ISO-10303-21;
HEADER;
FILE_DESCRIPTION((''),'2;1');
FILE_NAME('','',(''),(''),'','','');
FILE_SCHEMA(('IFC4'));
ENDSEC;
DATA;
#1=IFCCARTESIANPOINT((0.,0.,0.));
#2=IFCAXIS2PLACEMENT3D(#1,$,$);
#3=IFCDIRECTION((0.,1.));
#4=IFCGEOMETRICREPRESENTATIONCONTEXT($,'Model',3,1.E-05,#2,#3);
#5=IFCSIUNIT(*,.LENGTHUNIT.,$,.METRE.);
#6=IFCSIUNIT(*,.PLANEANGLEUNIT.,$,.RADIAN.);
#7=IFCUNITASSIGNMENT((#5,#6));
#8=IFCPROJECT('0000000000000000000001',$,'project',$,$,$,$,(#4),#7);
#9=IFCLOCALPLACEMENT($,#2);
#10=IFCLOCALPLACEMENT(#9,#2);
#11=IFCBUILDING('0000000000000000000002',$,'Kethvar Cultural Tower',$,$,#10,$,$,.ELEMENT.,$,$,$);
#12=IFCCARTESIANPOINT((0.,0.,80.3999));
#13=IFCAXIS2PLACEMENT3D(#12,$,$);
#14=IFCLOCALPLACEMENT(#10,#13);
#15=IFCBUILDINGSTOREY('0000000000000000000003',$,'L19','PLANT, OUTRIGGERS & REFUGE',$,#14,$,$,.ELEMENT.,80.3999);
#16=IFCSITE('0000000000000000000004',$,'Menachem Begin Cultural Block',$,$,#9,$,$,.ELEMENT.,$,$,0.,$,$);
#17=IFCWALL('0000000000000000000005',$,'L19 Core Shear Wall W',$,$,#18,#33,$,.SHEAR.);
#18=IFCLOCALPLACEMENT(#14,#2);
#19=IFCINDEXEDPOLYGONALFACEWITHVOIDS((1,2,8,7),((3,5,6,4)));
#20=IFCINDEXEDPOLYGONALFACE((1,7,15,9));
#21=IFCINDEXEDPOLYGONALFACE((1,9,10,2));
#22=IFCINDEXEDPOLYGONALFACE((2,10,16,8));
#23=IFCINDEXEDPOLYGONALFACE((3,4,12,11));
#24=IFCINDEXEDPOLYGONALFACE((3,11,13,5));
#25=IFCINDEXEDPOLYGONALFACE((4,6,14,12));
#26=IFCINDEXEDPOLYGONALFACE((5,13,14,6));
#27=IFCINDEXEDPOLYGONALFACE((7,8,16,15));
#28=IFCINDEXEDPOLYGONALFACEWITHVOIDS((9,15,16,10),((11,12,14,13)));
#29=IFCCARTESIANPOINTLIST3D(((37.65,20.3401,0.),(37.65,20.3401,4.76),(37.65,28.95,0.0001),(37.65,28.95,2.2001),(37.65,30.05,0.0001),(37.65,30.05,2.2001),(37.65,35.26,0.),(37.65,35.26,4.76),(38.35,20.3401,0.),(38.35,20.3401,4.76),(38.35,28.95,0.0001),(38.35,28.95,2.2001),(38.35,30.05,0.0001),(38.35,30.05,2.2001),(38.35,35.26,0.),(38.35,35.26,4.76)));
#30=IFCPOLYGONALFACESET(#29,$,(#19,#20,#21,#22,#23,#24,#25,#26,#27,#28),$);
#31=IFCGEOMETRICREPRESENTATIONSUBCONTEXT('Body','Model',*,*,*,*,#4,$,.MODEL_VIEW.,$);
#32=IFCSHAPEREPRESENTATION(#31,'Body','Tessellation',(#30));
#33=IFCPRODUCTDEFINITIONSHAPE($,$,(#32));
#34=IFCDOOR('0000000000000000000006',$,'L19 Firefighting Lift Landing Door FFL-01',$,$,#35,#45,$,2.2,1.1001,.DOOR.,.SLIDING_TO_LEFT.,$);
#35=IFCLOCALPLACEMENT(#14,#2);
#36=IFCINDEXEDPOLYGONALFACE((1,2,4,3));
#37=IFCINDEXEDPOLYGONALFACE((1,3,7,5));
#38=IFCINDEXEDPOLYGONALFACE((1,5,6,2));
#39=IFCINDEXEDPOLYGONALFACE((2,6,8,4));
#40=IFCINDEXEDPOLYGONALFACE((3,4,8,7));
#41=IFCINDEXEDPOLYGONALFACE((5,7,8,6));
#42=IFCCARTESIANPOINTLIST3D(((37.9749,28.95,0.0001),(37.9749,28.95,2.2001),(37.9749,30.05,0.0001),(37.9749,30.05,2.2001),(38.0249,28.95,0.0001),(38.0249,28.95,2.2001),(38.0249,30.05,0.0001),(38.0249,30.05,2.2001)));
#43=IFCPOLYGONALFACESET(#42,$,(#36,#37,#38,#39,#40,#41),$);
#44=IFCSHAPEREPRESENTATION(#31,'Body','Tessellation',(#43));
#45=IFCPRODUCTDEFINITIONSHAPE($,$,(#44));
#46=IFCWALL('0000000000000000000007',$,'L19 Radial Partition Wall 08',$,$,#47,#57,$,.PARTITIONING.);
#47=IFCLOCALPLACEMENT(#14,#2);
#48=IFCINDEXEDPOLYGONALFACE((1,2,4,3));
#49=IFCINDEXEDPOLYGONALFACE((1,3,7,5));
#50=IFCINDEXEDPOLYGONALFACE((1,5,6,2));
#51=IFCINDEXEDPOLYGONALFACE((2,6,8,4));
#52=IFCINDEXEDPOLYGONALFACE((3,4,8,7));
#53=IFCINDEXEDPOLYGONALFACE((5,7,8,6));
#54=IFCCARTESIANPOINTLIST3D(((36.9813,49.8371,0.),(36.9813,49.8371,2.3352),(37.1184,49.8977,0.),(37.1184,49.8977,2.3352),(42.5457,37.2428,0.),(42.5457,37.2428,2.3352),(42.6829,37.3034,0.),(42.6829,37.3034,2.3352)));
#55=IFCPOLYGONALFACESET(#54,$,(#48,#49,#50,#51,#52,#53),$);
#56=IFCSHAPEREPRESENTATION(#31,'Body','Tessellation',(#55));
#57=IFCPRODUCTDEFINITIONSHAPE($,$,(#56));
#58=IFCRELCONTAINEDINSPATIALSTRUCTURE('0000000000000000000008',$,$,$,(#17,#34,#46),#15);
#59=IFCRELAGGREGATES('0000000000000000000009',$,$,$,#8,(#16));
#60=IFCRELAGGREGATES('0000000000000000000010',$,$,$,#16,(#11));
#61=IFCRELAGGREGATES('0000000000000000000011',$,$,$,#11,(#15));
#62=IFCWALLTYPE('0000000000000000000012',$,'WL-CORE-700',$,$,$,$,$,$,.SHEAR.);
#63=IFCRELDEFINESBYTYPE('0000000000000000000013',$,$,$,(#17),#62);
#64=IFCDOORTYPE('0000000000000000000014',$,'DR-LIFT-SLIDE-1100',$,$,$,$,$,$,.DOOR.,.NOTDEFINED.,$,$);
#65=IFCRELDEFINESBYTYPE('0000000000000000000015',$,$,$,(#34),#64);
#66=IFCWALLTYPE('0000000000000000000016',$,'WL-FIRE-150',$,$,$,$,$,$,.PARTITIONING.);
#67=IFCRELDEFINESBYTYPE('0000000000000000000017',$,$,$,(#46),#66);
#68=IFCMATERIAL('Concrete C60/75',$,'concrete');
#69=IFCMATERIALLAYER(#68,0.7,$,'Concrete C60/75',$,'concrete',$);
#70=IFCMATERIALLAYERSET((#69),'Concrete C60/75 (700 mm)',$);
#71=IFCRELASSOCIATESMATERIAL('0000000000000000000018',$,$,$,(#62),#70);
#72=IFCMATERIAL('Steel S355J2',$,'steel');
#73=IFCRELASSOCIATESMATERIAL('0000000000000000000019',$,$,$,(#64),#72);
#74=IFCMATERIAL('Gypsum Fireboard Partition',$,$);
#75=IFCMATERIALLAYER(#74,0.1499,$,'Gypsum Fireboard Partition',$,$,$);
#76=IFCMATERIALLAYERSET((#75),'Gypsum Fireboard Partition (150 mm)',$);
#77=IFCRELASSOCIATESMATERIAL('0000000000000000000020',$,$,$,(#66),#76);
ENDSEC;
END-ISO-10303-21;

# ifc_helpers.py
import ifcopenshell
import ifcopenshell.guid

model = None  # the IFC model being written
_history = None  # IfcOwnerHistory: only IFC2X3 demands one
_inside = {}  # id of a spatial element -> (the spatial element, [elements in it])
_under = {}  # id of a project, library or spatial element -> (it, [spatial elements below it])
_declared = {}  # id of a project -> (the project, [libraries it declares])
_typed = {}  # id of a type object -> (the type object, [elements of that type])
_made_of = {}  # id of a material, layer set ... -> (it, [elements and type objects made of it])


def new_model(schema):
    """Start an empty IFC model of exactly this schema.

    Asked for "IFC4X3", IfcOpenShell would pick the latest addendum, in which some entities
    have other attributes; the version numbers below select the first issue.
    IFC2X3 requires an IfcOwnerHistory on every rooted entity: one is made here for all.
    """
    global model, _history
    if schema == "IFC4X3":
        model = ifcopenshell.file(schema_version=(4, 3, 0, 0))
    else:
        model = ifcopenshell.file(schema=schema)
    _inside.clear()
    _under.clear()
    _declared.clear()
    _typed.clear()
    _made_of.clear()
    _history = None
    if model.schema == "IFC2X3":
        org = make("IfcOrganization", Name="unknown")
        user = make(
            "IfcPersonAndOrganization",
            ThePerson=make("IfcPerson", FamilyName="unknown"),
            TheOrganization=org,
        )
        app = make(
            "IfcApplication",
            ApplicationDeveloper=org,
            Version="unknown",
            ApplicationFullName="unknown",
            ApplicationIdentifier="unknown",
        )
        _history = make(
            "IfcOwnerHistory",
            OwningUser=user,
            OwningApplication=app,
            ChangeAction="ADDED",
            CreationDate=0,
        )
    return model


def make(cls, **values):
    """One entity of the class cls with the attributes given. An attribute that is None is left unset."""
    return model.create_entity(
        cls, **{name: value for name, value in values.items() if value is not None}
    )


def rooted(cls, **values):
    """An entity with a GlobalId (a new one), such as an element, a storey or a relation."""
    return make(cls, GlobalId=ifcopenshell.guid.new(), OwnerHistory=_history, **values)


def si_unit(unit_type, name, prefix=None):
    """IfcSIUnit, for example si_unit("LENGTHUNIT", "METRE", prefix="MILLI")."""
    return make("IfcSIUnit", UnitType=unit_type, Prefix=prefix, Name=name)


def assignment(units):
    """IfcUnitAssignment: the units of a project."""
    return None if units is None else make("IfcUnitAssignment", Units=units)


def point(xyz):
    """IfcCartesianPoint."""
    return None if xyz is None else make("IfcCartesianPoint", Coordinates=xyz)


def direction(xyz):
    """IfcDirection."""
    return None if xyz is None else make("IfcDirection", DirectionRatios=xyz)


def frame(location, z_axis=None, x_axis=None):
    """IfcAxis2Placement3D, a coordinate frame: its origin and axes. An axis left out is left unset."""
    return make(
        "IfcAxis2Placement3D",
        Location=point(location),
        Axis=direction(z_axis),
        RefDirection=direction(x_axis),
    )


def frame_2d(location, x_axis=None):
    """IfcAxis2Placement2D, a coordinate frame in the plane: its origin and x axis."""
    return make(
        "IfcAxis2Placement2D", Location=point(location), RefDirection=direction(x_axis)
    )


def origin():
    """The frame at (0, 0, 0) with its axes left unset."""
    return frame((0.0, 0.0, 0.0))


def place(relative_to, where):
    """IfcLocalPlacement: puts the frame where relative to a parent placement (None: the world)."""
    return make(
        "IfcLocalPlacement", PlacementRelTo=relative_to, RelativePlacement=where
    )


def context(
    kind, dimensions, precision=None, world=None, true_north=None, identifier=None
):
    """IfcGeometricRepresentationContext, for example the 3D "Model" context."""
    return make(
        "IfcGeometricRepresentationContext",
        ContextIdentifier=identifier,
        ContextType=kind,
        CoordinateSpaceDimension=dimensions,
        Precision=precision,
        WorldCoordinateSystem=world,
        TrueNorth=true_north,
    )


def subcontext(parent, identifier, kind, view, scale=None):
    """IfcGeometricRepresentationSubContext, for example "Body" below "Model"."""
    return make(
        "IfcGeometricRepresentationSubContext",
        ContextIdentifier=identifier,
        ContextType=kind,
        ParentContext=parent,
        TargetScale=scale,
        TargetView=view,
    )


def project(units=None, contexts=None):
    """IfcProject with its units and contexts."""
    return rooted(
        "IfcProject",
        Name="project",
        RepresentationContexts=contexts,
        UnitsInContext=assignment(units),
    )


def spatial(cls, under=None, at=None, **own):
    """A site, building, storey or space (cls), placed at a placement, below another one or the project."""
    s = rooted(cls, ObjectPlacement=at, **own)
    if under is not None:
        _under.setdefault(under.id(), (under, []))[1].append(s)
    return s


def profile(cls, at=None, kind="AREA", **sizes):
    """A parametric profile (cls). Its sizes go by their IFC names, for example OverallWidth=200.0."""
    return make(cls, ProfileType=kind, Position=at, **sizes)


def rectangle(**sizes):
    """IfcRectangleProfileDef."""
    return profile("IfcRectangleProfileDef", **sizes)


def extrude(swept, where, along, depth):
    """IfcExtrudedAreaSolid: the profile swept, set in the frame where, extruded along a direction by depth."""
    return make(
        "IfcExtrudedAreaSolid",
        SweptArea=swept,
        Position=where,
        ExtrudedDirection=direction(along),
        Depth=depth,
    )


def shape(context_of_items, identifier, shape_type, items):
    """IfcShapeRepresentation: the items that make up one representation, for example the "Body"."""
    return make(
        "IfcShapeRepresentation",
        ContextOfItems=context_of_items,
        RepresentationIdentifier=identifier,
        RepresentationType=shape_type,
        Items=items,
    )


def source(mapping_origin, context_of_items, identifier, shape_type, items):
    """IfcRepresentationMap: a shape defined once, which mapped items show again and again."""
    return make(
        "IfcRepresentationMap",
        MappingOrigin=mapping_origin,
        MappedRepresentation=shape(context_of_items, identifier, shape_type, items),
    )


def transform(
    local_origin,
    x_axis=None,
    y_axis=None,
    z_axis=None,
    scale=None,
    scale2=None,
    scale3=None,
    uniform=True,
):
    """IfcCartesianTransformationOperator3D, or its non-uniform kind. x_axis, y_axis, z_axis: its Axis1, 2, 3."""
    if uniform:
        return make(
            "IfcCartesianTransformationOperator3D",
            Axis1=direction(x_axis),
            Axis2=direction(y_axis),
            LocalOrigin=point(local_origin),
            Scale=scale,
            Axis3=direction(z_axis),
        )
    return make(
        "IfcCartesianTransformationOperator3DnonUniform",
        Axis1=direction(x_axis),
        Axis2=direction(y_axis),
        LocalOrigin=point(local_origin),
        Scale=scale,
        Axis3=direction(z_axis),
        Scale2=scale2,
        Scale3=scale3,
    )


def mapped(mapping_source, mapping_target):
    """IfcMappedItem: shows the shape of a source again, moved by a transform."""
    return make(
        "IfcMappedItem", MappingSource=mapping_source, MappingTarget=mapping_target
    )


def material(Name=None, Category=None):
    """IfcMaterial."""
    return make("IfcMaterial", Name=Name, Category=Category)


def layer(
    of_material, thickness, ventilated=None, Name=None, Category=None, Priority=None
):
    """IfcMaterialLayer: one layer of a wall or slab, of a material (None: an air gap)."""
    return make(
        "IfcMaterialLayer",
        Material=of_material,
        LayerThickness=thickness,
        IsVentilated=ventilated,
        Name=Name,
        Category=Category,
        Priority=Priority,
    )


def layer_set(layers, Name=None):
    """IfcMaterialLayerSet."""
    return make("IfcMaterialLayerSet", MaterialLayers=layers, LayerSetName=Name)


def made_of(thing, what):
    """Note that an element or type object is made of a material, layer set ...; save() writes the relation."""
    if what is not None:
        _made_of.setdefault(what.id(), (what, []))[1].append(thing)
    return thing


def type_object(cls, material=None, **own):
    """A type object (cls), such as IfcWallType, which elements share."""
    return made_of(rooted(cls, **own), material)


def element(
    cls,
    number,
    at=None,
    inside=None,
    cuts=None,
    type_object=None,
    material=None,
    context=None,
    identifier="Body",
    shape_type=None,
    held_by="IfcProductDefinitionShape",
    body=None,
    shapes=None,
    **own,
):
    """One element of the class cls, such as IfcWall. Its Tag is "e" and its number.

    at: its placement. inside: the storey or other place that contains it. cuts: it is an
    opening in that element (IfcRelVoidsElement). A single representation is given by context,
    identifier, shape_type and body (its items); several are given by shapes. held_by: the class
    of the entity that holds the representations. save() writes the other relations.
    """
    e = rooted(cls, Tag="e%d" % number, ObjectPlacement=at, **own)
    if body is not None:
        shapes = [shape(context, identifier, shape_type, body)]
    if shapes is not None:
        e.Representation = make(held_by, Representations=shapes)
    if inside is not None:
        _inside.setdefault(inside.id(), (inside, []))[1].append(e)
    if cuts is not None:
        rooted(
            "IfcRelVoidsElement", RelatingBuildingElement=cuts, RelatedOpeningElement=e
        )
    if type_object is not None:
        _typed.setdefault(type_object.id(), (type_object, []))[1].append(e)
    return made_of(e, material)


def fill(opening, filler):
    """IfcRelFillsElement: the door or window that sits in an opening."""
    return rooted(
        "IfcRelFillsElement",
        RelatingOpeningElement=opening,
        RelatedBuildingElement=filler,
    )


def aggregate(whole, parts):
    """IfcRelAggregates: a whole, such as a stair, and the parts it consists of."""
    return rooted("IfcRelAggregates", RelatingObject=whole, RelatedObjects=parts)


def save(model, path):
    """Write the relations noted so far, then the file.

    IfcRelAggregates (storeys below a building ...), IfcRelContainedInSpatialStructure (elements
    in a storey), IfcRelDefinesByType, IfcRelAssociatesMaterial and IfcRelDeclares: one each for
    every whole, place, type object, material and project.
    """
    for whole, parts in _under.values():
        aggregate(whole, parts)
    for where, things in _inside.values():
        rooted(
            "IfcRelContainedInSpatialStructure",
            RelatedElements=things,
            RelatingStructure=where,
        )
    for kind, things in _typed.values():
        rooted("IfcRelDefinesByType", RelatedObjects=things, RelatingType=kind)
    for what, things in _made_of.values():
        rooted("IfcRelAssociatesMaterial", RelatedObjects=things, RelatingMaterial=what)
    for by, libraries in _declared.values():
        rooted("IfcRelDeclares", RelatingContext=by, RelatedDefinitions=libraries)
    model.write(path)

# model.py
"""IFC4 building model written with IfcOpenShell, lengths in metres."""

from ifc_helpers import new_model, si_unit, direction, frame, frame_2d, origin, place, context, subcontext, project, spatial, rectangle, extrude, source, transform, mapped, material, layer, layer_set, type_object, element, fill, save


model = new_model("IFC4")

# Units and contexts
model_context = context("Model", 3, precision=1e-05, world=origin(), true_north=direction((0.0, 1.0)))
body_context = subcontext(model_context, "Body", "Model", "MODEL_VIEW")
ifc_project = project(units=[si_unit("LENGTHUNIT", "METRE"), si_unit("PLANEANGLEUNIT", "RADIAN")], contexts=[model_context])

# Site, building, storey
site_placement = place(None, origin())
site = spatial("IfcSite", under=ifc_project, at=site_placement, Name="Menachem Begin Cultural Block", CompositionType="ELEMENT", RefElevation=0.0)
building_placement = place(site_placement, origin())
building = spatial("IfcBuilding", under=site, at=building_placement, Name="Kethvar Cultural Tower", CompositionType="ELEMENT")
storey_placement = place(building_placement, frame((0.0, 0.0, 80.3999)))
storey = spatial("IfcBuildingStorey", under=building, at=storey_placement, Name="L19", Description="PLANT, OUTRIGGERS & REFUGE", CompositionType="ELEMENT", Elevation=80.3999)

# Wall, opening, door
ifc_material_1 = material(Name="Concrete C60/75", Category="concrete")
ifc_layer_1 = layer(ifc_material_1, 0.7, Name="Concrete C60/75", Category="concrete")
ifc_layer_set_1 = layer_set([ifc_layer_1], Name="Concrete C60/75 (700 mm)")
wall_type_1 = type_object("IfcWallType", Name="WL-CORE-700", PredefinedType="SHEAR", material=ifc_layer_set_1)
wall_1_placement = place(storey_placement, frame((38.0, 35.26, 0.0), z_axis=(0.0, 0.0, 1.0), x_axis=(0.0, -1.0, 0.0)))
wall_1 = element("IfcWall", 1, at=wall_1_placement, inside=storey, type_object=wall_type_1, Name="L19 Core Shear Wall W", PredefinedType="SHEAR", context=body_context, shape_type="SweptSolid", body=[
    extrude(rectangle(XDim=14.9199, YDim=0.7, at=frame_2d((7.46, 0.0))), origin(), (0.0, 0.0, 1.0), 4.76),
])
opening_placement = place(wall_1_placement, frame((5.21, 0.0, 0.0)))
opening = element("IfcOpeningElement", 2, at=opening_placement, cuts=wall_1, PredefinedType="OPENING", context=body_context, shape_type="SweptSolid", body=[
    extrude(rectangle(XDim=1.1001, YDim=2.2, at=frame_2d((0.55, 1.1001))), frame((0.0, 0.3599, 0.0), z_axis=(0.0, -1.0, 0.0), x_axis=(1.0, 0.0, 0.0)), (0.0, 0.0, 1.0), 0.72),
])
ifc_material_2 = material(Name="Steel S355J2", Category="steel")
door_type = type_object("IfcDoorType", Name="DR-LIFT-SLIDE-1100", OperationType="NOTDEFINED", PredefinedType="DOOR", material=ifc_material_2)
shared_shape_1 = source(origin(), body_context, "Body", "SweptSolid", [
    extrude(rectangle(XDim=1.1001, YDim=2.2, at=frame_2d((0.55, 1.1001))), frame((0.0, 0.0249, 0.0), z_axis=(0.0, -1.0, 0.0), x_axis=(1.0, 0.0, 0.0)), (0.0, 0.0, 1.0), 0.05),
])
door_placement = place(opening_placement, origin())
door = element("IfcDoor", 3, at=door_placement, inside=storey, type_object=door_type, Name="L19 Firefighting Lift Landing Door FFL-01", OperationType="SLIDING_TO_LEFT", OverallHeight=2.2, OverallWidth=1.1001, PredefinedType="DOOR", context=body_context, shape_type="MappedRepresentation", body=[
    mapped(shared_shape_1, transform((0.0, 0.0, 0.0), scale=1.0)),
])
fill(opening, door)

# Wall
ifc_material_3 = material(Name="Gypsum Fireboard Partition")
ifc_layer_2 = layer(ifc_material_3, 0.1499, Name="Gypsum Fireboard Partition")
ifc_layer_set_2 = layer_set([ifc_layer_2], Name="Gypsum Fireboard Partition (150 mm)")
wall_type_2 = type_object("IfcWallType", Name="WL-FIRE-150", PredefinedType="PARTITIONING", material=ifc_layer_set_2)
wall_2_placement = place(storey_placement, frame((42.6143, 37.2732, 0.0), z_axis=(0.0, 0.0, 1.0), x_axis=(-0.404137, 0.914698, 0.0)))
element("IfcWall", 4, at=wall_2_placement, inside=storey, type_object=wall_type_2, Name="L19 Radial Partition Wall 08", PredefinedType="PARTITIONING", context=body_context, shape_type="SweptSolid", body=[
    extrude(rectangle(XDim=13.7688, YDim=0.1499, at=frame_2d((6.8843, 0.0))), origin(), (0.0, 0.0, 1.0), 2.3352),
])

save(model, "model.ifc")
